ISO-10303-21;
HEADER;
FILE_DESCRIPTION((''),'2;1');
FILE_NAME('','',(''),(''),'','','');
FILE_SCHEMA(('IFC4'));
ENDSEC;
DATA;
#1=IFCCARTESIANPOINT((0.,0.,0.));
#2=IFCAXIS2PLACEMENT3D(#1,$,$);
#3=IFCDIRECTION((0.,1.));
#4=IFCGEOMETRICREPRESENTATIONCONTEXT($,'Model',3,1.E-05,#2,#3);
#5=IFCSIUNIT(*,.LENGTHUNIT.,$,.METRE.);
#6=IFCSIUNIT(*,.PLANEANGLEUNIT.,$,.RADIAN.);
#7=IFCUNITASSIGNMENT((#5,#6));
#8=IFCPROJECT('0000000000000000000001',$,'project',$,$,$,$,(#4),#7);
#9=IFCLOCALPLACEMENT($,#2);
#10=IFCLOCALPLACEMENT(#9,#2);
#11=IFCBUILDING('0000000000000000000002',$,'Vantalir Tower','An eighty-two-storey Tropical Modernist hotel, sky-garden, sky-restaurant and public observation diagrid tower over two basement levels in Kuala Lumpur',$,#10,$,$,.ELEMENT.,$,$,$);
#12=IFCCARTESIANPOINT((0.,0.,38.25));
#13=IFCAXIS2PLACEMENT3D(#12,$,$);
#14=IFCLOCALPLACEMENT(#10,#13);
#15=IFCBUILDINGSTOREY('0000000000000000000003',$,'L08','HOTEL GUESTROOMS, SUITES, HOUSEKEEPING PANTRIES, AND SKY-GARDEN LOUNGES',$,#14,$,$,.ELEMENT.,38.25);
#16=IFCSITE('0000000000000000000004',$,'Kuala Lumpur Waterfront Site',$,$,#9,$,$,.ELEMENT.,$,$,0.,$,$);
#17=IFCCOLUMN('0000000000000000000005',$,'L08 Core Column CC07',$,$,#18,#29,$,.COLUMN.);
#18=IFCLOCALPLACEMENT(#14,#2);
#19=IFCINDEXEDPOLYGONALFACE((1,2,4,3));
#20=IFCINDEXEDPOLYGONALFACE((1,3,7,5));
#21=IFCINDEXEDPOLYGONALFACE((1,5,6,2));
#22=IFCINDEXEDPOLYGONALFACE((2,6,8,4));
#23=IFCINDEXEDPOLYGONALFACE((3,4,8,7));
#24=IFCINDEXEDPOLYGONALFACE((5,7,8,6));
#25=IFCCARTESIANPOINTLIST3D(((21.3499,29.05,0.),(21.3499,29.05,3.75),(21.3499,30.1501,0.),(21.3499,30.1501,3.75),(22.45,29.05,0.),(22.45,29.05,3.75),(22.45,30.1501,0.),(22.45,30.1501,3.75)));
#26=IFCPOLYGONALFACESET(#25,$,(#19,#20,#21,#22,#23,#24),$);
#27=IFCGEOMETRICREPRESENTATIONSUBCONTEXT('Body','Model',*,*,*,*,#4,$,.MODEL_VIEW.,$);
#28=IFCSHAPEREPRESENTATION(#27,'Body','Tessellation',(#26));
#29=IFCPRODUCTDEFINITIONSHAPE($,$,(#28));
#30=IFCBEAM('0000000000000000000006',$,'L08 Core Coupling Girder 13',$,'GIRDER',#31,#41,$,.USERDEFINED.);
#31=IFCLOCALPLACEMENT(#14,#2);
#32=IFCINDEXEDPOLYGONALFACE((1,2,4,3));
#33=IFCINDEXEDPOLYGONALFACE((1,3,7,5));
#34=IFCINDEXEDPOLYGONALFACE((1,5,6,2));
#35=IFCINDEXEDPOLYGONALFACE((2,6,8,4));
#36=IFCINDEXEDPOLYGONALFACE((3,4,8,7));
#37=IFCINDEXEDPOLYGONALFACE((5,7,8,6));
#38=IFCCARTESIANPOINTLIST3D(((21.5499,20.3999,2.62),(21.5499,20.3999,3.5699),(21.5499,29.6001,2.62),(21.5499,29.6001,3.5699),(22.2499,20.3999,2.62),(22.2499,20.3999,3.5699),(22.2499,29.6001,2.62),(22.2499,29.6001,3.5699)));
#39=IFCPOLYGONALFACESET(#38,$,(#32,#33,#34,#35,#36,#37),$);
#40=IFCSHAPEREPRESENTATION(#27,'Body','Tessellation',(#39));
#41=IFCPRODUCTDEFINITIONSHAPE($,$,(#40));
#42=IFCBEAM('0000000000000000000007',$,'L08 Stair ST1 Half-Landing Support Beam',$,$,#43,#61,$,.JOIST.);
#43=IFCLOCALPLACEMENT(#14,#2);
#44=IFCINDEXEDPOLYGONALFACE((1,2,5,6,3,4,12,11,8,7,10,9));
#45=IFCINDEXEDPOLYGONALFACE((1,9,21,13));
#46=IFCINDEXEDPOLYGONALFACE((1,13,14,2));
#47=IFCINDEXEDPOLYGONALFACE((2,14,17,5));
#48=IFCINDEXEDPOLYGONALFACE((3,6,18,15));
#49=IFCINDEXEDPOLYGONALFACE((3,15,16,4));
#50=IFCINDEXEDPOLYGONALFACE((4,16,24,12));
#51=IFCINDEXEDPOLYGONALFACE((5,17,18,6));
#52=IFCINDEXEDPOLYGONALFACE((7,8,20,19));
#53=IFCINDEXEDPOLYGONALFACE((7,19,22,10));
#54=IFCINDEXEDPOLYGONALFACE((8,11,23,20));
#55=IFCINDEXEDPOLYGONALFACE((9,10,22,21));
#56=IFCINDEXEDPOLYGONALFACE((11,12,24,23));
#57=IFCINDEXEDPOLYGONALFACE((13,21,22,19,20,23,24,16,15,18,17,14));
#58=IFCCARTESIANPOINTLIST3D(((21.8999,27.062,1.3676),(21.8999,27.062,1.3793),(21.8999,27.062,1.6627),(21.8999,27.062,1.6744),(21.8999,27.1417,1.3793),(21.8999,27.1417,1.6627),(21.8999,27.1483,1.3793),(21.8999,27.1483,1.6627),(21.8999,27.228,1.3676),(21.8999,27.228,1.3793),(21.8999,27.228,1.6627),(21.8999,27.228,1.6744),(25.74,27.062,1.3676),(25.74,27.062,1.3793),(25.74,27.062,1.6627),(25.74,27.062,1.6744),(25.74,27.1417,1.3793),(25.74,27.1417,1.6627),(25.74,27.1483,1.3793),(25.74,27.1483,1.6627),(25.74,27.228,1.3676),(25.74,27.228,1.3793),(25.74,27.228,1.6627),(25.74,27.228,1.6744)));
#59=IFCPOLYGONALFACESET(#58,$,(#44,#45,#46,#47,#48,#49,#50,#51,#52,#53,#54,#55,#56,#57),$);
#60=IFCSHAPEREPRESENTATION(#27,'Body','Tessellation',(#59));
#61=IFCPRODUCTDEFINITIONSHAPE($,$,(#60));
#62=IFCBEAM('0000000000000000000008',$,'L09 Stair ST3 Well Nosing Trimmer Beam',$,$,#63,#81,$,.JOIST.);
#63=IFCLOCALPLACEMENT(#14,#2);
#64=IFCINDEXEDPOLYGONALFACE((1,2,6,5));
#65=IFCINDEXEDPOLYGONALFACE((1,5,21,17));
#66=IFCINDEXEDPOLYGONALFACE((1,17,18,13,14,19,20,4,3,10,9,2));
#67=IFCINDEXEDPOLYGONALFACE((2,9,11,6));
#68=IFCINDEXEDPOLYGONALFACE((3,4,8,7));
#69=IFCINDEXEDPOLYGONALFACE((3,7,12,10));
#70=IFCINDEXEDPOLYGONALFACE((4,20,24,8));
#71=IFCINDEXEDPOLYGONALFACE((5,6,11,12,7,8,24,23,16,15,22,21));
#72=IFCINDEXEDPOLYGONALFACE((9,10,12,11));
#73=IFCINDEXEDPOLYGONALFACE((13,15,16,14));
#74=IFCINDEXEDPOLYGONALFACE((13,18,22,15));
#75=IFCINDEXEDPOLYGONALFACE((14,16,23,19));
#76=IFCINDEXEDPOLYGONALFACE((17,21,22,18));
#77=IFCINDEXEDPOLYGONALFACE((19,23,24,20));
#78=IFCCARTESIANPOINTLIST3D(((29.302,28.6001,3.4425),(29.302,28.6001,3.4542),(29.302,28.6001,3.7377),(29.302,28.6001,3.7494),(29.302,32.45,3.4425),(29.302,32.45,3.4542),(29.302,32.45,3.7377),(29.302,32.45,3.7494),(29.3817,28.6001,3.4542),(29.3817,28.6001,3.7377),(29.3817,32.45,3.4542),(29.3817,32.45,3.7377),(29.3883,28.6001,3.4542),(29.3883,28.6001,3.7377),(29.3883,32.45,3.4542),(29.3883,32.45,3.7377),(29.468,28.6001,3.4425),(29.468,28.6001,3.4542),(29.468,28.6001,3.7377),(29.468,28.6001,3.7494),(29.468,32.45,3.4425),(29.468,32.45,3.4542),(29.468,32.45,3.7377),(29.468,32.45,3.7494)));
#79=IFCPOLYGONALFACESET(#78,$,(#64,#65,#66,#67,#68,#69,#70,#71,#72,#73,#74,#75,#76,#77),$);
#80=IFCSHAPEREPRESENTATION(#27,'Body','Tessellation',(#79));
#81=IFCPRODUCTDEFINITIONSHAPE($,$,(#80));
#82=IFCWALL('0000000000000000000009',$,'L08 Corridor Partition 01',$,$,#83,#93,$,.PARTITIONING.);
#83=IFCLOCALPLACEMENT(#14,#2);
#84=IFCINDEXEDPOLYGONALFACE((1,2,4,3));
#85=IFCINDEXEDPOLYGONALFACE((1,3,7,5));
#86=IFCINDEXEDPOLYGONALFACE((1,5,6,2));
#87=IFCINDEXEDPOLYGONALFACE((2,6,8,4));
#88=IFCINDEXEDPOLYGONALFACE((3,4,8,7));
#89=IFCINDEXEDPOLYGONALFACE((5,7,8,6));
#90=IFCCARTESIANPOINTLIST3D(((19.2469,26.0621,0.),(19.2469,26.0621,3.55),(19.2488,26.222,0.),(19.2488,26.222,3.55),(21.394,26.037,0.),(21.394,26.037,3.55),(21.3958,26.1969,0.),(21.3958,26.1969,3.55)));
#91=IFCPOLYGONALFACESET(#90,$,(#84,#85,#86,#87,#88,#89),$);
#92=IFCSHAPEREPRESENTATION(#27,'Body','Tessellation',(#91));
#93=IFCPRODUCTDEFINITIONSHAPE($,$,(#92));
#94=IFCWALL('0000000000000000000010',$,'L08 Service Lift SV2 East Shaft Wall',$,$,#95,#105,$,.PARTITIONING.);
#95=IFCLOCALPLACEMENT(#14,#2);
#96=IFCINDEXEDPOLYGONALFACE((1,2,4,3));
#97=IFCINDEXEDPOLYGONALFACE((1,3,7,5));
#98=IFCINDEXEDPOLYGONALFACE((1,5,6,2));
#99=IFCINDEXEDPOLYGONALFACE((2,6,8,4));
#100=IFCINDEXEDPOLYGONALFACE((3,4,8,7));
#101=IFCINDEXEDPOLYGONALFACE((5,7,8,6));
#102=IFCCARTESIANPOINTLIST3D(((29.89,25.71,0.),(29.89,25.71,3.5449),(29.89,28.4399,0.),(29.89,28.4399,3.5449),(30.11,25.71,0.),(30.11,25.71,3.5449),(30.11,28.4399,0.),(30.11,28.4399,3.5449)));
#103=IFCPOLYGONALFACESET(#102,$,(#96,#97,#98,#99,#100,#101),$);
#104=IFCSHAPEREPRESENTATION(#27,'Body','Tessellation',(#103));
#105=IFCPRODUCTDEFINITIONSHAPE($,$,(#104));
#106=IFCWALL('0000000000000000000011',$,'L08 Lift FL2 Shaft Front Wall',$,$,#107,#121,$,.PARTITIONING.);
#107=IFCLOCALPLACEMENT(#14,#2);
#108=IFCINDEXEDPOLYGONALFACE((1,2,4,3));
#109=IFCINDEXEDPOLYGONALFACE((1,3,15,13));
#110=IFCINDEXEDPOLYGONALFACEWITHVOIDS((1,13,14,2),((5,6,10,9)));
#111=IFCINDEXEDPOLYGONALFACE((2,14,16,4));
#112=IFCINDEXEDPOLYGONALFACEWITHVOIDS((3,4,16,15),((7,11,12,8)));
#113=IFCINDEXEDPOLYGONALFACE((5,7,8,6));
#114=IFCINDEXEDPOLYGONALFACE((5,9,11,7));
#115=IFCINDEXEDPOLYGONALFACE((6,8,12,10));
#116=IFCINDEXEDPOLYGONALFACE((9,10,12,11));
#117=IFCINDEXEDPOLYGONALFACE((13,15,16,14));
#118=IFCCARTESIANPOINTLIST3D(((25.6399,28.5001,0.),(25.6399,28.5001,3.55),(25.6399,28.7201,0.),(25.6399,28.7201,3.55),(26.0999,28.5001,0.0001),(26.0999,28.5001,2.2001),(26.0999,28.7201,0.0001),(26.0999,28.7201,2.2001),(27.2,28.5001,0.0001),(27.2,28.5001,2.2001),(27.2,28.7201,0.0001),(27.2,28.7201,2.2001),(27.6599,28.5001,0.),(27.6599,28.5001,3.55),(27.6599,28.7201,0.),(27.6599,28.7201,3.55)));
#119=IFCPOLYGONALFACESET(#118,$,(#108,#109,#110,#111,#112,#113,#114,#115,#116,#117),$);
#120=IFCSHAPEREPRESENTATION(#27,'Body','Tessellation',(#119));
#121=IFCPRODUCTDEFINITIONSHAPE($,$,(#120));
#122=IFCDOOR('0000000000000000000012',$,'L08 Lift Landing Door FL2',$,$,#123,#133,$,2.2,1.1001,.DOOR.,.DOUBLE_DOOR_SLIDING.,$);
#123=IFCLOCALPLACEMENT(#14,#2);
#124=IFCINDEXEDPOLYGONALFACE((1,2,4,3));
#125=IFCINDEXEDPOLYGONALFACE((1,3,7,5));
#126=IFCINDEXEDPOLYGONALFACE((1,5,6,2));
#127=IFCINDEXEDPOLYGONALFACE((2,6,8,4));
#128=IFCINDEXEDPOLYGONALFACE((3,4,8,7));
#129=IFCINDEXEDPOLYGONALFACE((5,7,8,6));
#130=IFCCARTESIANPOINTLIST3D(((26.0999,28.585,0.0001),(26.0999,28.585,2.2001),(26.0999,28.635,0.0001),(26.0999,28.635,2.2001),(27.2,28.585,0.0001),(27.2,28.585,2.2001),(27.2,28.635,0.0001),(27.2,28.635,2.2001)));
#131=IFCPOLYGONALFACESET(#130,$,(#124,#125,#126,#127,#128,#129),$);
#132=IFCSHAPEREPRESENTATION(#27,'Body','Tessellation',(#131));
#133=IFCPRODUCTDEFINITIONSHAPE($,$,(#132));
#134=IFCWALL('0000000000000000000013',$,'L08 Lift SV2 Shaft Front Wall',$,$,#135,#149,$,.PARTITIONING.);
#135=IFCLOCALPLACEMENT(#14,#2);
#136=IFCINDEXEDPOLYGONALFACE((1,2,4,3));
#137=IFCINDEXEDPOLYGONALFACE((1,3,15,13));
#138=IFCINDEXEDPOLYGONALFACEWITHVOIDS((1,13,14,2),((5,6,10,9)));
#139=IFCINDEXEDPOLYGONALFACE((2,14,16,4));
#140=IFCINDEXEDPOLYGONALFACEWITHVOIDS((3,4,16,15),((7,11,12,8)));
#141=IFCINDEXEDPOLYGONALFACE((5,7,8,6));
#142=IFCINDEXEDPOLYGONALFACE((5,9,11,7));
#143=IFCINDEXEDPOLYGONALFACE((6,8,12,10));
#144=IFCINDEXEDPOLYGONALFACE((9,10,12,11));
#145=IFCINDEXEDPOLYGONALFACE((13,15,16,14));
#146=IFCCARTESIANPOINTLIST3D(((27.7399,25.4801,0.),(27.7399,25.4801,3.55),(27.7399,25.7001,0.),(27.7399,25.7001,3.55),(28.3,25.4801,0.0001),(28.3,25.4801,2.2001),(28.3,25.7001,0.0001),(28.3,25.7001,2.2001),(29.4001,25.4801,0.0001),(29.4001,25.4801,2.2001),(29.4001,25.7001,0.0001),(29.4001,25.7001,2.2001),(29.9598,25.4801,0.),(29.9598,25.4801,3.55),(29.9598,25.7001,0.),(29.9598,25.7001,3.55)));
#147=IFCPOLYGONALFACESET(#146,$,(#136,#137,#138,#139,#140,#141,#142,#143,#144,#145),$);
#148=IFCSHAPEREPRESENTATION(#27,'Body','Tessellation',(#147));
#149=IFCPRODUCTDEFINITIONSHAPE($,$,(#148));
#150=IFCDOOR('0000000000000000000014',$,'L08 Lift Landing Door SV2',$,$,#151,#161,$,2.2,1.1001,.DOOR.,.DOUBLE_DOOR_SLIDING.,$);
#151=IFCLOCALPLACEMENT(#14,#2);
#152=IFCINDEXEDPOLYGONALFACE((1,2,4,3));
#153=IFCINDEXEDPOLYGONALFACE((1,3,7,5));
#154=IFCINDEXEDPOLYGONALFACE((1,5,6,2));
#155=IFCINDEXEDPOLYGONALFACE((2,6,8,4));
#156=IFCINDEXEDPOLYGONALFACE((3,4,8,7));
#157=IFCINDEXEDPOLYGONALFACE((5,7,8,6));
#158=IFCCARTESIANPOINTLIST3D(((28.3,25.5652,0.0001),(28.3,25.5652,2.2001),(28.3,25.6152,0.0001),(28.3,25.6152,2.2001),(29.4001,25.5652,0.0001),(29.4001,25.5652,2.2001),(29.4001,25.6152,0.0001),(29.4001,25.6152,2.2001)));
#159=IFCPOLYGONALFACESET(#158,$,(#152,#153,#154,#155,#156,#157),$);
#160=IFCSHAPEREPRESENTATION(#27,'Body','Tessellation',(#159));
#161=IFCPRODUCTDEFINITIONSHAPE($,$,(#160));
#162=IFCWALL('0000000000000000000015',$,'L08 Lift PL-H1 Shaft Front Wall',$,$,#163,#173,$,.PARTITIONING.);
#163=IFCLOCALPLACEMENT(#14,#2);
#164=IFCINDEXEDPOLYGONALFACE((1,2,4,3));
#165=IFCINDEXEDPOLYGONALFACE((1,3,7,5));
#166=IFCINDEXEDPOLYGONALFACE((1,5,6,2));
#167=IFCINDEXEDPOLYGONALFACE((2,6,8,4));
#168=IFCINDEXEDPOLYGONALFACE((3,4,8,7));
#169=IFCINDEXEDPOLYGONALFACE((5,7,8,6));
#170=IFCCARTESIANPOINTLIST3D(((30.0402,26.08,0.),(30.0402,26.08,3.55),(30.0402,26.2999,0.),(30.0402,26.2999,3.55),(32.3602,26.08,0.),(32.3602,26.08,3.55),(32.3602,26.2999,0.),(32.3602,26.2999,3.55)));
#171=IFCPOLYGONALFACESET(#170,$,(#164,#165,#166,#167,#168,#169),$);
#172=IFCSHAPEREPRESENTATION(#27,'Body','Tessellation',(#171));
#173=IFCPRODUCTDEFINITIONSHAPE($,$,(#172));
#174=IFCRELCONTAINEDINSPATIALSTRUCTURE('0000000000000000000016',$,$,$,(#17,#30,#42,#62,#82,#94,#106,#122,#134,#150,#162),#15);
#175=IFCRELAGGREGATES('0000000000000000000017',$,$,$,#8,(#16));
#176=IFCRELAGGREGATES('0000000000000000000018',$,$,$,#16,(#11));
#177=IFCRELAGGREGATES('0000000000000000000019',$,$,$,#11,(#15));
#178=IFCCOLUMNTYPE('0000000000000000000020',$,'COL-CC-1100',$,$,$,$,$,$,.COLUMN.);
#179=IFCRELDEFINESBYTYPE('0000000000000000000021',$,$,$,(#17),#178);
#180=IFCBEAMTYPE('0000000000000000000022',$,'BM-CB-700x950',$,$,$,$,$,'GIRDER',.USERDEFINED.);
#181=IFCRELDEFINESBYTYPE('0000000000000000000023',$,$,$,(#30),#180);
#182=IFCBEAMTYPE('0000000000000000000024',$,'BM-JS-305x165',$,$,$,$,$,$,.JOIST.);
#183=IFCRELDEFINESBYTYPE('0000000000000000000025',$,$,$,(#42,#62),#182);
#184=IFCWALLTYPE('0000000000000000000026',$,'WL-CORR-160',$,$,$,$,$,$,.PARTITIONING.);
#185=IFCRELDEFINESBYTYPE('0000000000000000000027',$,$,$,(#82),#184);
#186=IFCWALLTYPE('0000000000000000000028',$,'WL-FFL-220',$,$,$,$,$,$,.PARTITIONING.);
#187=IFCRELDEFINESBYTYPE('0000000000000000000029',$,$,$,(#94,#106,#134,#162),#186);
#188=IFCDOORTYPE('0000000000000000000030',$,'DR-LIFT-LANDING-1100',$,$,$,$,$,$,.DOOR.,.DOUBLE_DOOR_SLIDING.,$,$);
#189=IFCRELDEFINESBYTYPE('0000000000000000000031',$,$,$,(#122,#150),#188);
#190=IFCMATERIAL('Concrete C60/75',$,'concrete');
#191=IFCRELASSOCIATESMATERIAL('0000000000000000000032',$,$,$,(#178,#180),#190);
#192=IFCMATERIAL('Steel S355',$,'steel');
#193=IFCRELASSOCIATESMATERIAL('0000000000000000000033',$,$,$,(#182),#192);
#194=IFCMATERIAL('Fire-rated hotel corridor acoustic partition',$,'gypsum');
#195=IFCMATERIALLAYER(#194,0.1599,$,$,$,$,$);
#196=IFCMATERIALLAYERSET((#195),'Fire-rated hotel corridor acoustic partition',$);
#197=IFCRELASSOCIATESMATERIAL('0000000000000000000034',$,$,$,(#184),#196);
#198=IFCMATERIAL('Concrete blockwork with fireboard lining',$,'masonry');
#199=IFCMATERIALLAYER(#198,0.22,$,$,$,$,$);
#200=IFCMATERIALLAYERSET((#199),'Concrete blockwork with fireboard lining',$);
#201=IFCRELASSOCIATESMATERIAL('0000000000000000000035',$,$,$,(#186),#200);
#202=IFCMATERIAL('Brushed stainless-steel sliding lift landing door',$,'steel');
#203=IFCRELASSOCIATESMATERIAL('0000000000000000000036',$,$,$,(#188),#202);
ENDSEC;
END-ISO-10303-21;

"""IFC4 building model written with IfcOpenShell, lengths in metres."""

from ifc_helpers import new_model, si_unit, direction, frame, frame_2d, origin, origin_2d, place, context, subcontext, project, spatial, rectangle, i_section, extrude, material, layer, layer_set, material_profile, profile_set, type_object, element, fill, save


model = new_model("IFC4")

# Units and contexts
model_context = context("Model", 3, precision=1e-05, world=origin(), true_north=direction((0.0, 1.0)))
body_context = subcontext(model_context, "Body", "Model", "MODEL_VIEW")
ifc_project = project(units=[si_unit("LENGTHUNIT", "METRE"), si_unit("PLANEANGLEUNIT", "RADIAN")], contexts=[model_context])

# Site, building, storey
site_placement = place(None, origin())
site = spatial("IfcSite", under=ifc_project, at=site_placement, Name="Kuala Lumpur Waterfront Site", CompositionType="ELEMENT", RefElevation=0.0)
building_placement = place(site_placement, origin())
building = spatial("IfcBuilding", under=site, at=building_placement, Name="Vantalir Tower", Description="An eighty-two-storey Tropical Modernist hotel, sky-garden, sky-restaurant and public observation diagrid tower over two basement levels in Kuala Lumpur", CompositionType="ELEMENT")
storey_placement = place(building_placement, frame((0.0, 0.0, 38.25)))
storey = spatial("IfcBuildingStorey", under=building, at=storey_placement, Name="L08", Description="HOTEL GUESTROOMS, SUITES, HOUSEKEEPING PANTRIES, AND SKY-GARDEN LOUNGES", CompositionType="ELEMENT", Elevation=38.25)

# Column
ifc_material_1 = material(Name="Concrete C60/75", Category="concrete")
ifc_material_profile_1 = material_profile(ifc_material_1, rectangle(XDim=1.1001, YDim=1.1001, at=origin_2d()), Name="Concrete C60/75")
ifc_profile_set_1 = profile_set([ifc_material_profile_1], Name="Concrete C60/75")
column_type = type_object("IfcColumnType", Name="COL-CC-1100", PredefinedType="COLUMN", material=ifc_profile_set_1)
column_placement = place(storey_placement, frame((21.8999, 29.6001, 0.0), z_axis=(0.0, 0.0, 1.0), x_axis=(1.0, 0.0, 0.0)))
element("IfcColumn", 1, at=column_placement, inside=storey, type_object=column_type, Name="L08 Core Column CC07", PredefinedType="COLUMN", context=body_context, shape_type="SweptSolid", body=[
    extrude(rectangle(XDim=1.1001, YDim=1.1001, at=origin_2d()), origin(), (0.0, 0.0, 1.0), 3.75),
])

# Beams
ifc_material_profile_2 = material_profile(ifc_material_1, rectangle(XDim=0.7, YDim=0.95, at=origin_2d()), Name="Concrete C60/75")
ifc_profile_set_2 = profile_set([ifc_material_profile_2], Name="Concrete C60/75")
beam_type_1 = type_object("IfcBeamType", Name="BM-CB-700x950", ElementType="GIRDER", PredefinedType="USERDEFINED", material=ifc_profile_set_2)
beam_1_placement = place(storey_placement, frame((21.8999, 29.6001, 3.095), z_axis=(0.0, -1.0, 0.0), x_axis=(1.0, 0.0, 0.0)))
element("IfcBeam", 2, at=beam_1_placement, inside=storey, type_object=beam_type_1, Name="L08 Core Coupling Girder 13", ObjectType="GIRDER", PredefinedType="USERDEFINED", context=body_context, shape_type="SweptSolid", body=[
    extrude(rectangle(XDim=0.7, YDim=0.95, at=origin_2d()), origin(), (0.0, 0.0, 1.0), 9.2002),
])
ifc_material_2 = material(Name="Steel S355", Category="steel")
ifc_material_profile_3 = material_profile(ifc_material_2, i_section(OverallWidth=0.166, OverallDepth=0.3069, WebThickness=0.0066, FlangeThickness=0.0117, at=origin_2d()), Name="Steel S355")
ifc_profile_set_3 = profile_set([ifc_material_profile_3], Name="Steel S355")
beam_type_2 = type_object("IfcBeamType", Name="BM-JS-305x165", PredefinedType="JOIST", material=ifc_profile_set_3)
beam_2_placement = place(storey_placement, frame((21.8999, 27.145, 1.521), z_axis=(1.0, 0.0, 0.0), x_axis=(0.0, 1.0, 0.0)))
element("IfcBeam", 3, at=beam_2_placement, inside=storey, type_object=beam_type_2, Name="L08 Stair ST1 Half-Landing Support Beam", PredefinedType="JOIST", context=body_context, shape_type="SweptSolid", body=[
    extrude(i_section(OverallWidth=0.166, OverallDepth=0.3069, WebThickness=0.0066, FlangeThickness=0.0117, at=origin_2d()), origin(), (0.0, 0.0, 1.0), 3.8401),
])
beam_3_placement = place(storey_placement, frame((29.385, 28.6001, 3.5959), z_axis=(0.0, 1.0, 0.0), x_axis=(-1.0, 0.0, 0.0)))
element("IfcBeam", 4, at=beam_3_placement, inside=storey, type_object=beam_type_2, Name="L09 Stair ST3 Well Nosing Trimmer Beam", PredefinedType="JOIST", context=body_context, shape_type="SweptSolid", body=[
    extrude(i_section(OverallWidth=0.166, OverallDepth=0.3069, WebThickness=0.0066, FlangeThickness=0.0117, at=origin_2d()), origin(), (0.0, 0.0, 1.0), 3.8499),
])

# Walls
ifc_material_3 = material(Name="Fire-rated hotel corridor acoustic partition", Category="gypsum")
ifc_layer_1 = layer(ifc_material_3, 0.1599)
ifc_layer_set_1 = layer_set([ifc_layer_1], Name="Fire-rated hotel corridor acoustic partition")
wall_type_1 = type_object("IfcWallType", Name="WL-CORR-160", PredefinedType="PARTITIONING", material=ifc_layer_set_1)
wall_1_placement = place(storey_placement, frame((21.395, 26.1169, 0.0), z_axis=(0.0, 0.0, 1.0), x_axis=(-0.999931, 0.011712, 0.0)))
element("IfcWall", 5, at=wall_1_placement, inside=storey, type_object=wall_type_1, Name="L08 Corridor Partition 01", PredefinedType="PARTITIONING", context=body_context, shape_type="SweptSolid", body=[
    extrude(rectangle(XDim=2.1472, YDim=0.1599, at=frame_2d((1.0737, 0.0))), origin(), (0.0, 0.0, 1.0), 3.55),
])
ifc_material_4 = material(Name="Concrete blockwork with fireboard lining", Category="masonry")
ifc_layer_2 = layer(ifc_material_4, 0.22)
ifc_layer_set_2 = layer_set([ifc_layer_2], Name="Concrete blockwork with fireboard lining")
wall_type_2 = type_object("IfcWallType", Name="WL-FFL-220", PredefinedType="PARTITIONING", material=ifc_layer_set_2)
wall_2_placement = place(storey_placement, frame((30.0, 25.71, 0.0), z_axis=(0.0, 0.0, 1.0), x_axis=(0.0, 1.0, 0.0)))
element("IfcWall", 6, at=wall_2_placement, inside=storey, type_object=wall_type_2, Name="L08 Service Lift SV2 East Shaft Wall", PredefinedType="PARTITIONING", context=body_context, shape_type="SweptSolid", body=[
    extrude(rectangle(XDim=2.73, YDim=0.22, at=frame_2d((1.365, 0.0))), origin(), (0.0, 0.0, 1.0), 3.5449),
])

# Walls, openings, doors
wall_3_placement = place(storey_placement, frame((25.6399, 28.6101, 0.0), z_axis=(0.0, 0.0, 1.0), x_axis=(1.0, 0.0, 0.0)))
wall_3 = element("IfcWall", 7, at=wall_3_placement, inside=storey, type_object=wall_type_2, Name="L08 Lift FL2 Shaft Front Wall", PredefinedType="PARTITIONING", context=body_context, shape_type="SweptSolid", body=[
    extrude(rectangle(XDim=2.02, YDim=0.22, at=frame_2d((1.01, 0.0))), origin(), (0.0, 0.0, 1.0), 3.55),
])
opening_1_placement = place(wall_3_placement, frame((0.46, 0.0, 0.0)))
opening_1 = element("IfcOpeningElement", 8, at=opening_1_placement, cuts=wall_3, PredefinedType="OPENING", context=body_context, shape_type="SweptSolid", body=[
    extrude(rectangle(XDim=1.1001, YDim=2.2, at=frame_2d((0.55, 1.1001))), frame((0.0, 0.1199, 0.0), z_axis=(0.0, -1.0, 0.0), x_axis=(1.0, 0.0, 0.0)), (0.0, 0.0, 1.0), 0.24),
])
ifc_material_5 = material(Name="Brushed stainless-steel sliding lift landing door", Category="steel")
door_type_1 = type_object("IfcDoorType", Name="DR-LIFT-LANDING-1100", OperationType="DOUBLE_DOOR_SLIDING", PredefinedType="DOOR", material=ifc_material_5)
door_1_placement = place(opening_1_placement, origin())
door_1 = element("IfcDoor", 9, at=door_1_placement, inside=storey, type_object=door_type_1, Name="L08 Lift Landing Door FL2", OperationType="DOUBLE_DOOR_SLIDING", OverallHeight=2.2, OverallWidth=1.1001, PredefinedType="DOOR", context=body_context, shape_type="SweptSolid", body=[
    extrude(rectangle(XDim=1.1001, YDim=2.2, at=frame_2d((0.55, 1.1001))), frame((0.0, 0.0249, 0.0), z_axis=(0.0, -1.0, 0.0), x_axis=(1.0, 0.0, 0.0)), (0.0, 0.0, 1.0), 0.05),
])
fill(opening_1, door_1)
wall_4_placement = place(storey_placement, frame((27.74, 25.5901, 0.0), z_axis=(0.0, 0.0, 1.0), x_axis=(1.0, 0.0, 0.0)))
wall_4 = element("IfcWall", 10, at=wall_4_placement, inside=storey, type_object=wall_type_2, Name="L08 Lift SV2 Shaft Front Wall", PredefinedType="PARTITIONING", context=body_context, shape_type="SweptSolid", body=[
    extrude(rectangle(XDim=2.22, YDim=0.22, at=frame_2d((1.1099, 0.0))), origin(), (0.0, 0.0, 1.0), 3.55),
])
opening_2_placement = place(wall_4_placement, frame((0.5601, 0.0, 0.0)))
opening_2 = element("IfcOpeningElement", 11, at=opening_2_placement, cuts=wall_4, PredefinedType="OPENING", context=body_context, shape_type="SweptSolid", body=[
    extrude(rectangle(XDim=1.1001, YDim=2.2, at=frame_2d((0.55, 1.1001))), frame((0.0, 0.1199, 0.0), z_axis=(0.0, -1.0, 0.0), x_axis=(1.0, 0.0, 0.0)), (0.0, 0.0, 1.0), 0.24),
])
door_2_placement = place(opening_2_placement, frame((1.1001, 0.0, 0.0), z_axis=(0.0, 0.0, 1.0), x_axis=(-1.0, 0.0, 0.0)))
door_2 = element("IfcDoor", 12, at=door_2_placement, inside=storey, type_object=door_type_1, Name="L08 Lift Landing Door SV2", OperationType="DOUBLE_DOOR_SLIDING", OverallHeight=2.2, OverallWidth=1.1001, PredefinedType="DOOR", context=body_context, shape_type="SweptSolid", body=[
    extrude(rectangle(XDim=1.1001, YDim=2.2, at=frame_2d((0.55, 1.1001))), frame((0.0, 0.0249, 0.0), z_axis=(0.0, -1.0, 0.0), x_axis=(1.0, 0.0, 0.0)), (0.0, 0.0, 1.0), 0.05),
])
fill(opening_2, door_2)

# Wall
wall_5_placement = place(storey_placement, frame((30.04, 26.1899, 0.0), z_axis=(0.0, 0.0, 1.0), x_axis=(1.0, 0.0, 0.0)))
element("IfcWall", 13, at=wall_5_placement, inside=storey, type_object=wall_type_2, Name="L08 Lift PL-H1 Shaft Front Wall", PredefinedType="PARTITIONING", context=body_context, shape_type="SweptSolid", body=[
    extrude(rectangle(XDim=2.3201, YDim=0.22, at=frame_2d((1.1602, 0.0))), origin(), (0.0, 0.0, 1.0), 3.55),
])

save(model, "model.ifc")
